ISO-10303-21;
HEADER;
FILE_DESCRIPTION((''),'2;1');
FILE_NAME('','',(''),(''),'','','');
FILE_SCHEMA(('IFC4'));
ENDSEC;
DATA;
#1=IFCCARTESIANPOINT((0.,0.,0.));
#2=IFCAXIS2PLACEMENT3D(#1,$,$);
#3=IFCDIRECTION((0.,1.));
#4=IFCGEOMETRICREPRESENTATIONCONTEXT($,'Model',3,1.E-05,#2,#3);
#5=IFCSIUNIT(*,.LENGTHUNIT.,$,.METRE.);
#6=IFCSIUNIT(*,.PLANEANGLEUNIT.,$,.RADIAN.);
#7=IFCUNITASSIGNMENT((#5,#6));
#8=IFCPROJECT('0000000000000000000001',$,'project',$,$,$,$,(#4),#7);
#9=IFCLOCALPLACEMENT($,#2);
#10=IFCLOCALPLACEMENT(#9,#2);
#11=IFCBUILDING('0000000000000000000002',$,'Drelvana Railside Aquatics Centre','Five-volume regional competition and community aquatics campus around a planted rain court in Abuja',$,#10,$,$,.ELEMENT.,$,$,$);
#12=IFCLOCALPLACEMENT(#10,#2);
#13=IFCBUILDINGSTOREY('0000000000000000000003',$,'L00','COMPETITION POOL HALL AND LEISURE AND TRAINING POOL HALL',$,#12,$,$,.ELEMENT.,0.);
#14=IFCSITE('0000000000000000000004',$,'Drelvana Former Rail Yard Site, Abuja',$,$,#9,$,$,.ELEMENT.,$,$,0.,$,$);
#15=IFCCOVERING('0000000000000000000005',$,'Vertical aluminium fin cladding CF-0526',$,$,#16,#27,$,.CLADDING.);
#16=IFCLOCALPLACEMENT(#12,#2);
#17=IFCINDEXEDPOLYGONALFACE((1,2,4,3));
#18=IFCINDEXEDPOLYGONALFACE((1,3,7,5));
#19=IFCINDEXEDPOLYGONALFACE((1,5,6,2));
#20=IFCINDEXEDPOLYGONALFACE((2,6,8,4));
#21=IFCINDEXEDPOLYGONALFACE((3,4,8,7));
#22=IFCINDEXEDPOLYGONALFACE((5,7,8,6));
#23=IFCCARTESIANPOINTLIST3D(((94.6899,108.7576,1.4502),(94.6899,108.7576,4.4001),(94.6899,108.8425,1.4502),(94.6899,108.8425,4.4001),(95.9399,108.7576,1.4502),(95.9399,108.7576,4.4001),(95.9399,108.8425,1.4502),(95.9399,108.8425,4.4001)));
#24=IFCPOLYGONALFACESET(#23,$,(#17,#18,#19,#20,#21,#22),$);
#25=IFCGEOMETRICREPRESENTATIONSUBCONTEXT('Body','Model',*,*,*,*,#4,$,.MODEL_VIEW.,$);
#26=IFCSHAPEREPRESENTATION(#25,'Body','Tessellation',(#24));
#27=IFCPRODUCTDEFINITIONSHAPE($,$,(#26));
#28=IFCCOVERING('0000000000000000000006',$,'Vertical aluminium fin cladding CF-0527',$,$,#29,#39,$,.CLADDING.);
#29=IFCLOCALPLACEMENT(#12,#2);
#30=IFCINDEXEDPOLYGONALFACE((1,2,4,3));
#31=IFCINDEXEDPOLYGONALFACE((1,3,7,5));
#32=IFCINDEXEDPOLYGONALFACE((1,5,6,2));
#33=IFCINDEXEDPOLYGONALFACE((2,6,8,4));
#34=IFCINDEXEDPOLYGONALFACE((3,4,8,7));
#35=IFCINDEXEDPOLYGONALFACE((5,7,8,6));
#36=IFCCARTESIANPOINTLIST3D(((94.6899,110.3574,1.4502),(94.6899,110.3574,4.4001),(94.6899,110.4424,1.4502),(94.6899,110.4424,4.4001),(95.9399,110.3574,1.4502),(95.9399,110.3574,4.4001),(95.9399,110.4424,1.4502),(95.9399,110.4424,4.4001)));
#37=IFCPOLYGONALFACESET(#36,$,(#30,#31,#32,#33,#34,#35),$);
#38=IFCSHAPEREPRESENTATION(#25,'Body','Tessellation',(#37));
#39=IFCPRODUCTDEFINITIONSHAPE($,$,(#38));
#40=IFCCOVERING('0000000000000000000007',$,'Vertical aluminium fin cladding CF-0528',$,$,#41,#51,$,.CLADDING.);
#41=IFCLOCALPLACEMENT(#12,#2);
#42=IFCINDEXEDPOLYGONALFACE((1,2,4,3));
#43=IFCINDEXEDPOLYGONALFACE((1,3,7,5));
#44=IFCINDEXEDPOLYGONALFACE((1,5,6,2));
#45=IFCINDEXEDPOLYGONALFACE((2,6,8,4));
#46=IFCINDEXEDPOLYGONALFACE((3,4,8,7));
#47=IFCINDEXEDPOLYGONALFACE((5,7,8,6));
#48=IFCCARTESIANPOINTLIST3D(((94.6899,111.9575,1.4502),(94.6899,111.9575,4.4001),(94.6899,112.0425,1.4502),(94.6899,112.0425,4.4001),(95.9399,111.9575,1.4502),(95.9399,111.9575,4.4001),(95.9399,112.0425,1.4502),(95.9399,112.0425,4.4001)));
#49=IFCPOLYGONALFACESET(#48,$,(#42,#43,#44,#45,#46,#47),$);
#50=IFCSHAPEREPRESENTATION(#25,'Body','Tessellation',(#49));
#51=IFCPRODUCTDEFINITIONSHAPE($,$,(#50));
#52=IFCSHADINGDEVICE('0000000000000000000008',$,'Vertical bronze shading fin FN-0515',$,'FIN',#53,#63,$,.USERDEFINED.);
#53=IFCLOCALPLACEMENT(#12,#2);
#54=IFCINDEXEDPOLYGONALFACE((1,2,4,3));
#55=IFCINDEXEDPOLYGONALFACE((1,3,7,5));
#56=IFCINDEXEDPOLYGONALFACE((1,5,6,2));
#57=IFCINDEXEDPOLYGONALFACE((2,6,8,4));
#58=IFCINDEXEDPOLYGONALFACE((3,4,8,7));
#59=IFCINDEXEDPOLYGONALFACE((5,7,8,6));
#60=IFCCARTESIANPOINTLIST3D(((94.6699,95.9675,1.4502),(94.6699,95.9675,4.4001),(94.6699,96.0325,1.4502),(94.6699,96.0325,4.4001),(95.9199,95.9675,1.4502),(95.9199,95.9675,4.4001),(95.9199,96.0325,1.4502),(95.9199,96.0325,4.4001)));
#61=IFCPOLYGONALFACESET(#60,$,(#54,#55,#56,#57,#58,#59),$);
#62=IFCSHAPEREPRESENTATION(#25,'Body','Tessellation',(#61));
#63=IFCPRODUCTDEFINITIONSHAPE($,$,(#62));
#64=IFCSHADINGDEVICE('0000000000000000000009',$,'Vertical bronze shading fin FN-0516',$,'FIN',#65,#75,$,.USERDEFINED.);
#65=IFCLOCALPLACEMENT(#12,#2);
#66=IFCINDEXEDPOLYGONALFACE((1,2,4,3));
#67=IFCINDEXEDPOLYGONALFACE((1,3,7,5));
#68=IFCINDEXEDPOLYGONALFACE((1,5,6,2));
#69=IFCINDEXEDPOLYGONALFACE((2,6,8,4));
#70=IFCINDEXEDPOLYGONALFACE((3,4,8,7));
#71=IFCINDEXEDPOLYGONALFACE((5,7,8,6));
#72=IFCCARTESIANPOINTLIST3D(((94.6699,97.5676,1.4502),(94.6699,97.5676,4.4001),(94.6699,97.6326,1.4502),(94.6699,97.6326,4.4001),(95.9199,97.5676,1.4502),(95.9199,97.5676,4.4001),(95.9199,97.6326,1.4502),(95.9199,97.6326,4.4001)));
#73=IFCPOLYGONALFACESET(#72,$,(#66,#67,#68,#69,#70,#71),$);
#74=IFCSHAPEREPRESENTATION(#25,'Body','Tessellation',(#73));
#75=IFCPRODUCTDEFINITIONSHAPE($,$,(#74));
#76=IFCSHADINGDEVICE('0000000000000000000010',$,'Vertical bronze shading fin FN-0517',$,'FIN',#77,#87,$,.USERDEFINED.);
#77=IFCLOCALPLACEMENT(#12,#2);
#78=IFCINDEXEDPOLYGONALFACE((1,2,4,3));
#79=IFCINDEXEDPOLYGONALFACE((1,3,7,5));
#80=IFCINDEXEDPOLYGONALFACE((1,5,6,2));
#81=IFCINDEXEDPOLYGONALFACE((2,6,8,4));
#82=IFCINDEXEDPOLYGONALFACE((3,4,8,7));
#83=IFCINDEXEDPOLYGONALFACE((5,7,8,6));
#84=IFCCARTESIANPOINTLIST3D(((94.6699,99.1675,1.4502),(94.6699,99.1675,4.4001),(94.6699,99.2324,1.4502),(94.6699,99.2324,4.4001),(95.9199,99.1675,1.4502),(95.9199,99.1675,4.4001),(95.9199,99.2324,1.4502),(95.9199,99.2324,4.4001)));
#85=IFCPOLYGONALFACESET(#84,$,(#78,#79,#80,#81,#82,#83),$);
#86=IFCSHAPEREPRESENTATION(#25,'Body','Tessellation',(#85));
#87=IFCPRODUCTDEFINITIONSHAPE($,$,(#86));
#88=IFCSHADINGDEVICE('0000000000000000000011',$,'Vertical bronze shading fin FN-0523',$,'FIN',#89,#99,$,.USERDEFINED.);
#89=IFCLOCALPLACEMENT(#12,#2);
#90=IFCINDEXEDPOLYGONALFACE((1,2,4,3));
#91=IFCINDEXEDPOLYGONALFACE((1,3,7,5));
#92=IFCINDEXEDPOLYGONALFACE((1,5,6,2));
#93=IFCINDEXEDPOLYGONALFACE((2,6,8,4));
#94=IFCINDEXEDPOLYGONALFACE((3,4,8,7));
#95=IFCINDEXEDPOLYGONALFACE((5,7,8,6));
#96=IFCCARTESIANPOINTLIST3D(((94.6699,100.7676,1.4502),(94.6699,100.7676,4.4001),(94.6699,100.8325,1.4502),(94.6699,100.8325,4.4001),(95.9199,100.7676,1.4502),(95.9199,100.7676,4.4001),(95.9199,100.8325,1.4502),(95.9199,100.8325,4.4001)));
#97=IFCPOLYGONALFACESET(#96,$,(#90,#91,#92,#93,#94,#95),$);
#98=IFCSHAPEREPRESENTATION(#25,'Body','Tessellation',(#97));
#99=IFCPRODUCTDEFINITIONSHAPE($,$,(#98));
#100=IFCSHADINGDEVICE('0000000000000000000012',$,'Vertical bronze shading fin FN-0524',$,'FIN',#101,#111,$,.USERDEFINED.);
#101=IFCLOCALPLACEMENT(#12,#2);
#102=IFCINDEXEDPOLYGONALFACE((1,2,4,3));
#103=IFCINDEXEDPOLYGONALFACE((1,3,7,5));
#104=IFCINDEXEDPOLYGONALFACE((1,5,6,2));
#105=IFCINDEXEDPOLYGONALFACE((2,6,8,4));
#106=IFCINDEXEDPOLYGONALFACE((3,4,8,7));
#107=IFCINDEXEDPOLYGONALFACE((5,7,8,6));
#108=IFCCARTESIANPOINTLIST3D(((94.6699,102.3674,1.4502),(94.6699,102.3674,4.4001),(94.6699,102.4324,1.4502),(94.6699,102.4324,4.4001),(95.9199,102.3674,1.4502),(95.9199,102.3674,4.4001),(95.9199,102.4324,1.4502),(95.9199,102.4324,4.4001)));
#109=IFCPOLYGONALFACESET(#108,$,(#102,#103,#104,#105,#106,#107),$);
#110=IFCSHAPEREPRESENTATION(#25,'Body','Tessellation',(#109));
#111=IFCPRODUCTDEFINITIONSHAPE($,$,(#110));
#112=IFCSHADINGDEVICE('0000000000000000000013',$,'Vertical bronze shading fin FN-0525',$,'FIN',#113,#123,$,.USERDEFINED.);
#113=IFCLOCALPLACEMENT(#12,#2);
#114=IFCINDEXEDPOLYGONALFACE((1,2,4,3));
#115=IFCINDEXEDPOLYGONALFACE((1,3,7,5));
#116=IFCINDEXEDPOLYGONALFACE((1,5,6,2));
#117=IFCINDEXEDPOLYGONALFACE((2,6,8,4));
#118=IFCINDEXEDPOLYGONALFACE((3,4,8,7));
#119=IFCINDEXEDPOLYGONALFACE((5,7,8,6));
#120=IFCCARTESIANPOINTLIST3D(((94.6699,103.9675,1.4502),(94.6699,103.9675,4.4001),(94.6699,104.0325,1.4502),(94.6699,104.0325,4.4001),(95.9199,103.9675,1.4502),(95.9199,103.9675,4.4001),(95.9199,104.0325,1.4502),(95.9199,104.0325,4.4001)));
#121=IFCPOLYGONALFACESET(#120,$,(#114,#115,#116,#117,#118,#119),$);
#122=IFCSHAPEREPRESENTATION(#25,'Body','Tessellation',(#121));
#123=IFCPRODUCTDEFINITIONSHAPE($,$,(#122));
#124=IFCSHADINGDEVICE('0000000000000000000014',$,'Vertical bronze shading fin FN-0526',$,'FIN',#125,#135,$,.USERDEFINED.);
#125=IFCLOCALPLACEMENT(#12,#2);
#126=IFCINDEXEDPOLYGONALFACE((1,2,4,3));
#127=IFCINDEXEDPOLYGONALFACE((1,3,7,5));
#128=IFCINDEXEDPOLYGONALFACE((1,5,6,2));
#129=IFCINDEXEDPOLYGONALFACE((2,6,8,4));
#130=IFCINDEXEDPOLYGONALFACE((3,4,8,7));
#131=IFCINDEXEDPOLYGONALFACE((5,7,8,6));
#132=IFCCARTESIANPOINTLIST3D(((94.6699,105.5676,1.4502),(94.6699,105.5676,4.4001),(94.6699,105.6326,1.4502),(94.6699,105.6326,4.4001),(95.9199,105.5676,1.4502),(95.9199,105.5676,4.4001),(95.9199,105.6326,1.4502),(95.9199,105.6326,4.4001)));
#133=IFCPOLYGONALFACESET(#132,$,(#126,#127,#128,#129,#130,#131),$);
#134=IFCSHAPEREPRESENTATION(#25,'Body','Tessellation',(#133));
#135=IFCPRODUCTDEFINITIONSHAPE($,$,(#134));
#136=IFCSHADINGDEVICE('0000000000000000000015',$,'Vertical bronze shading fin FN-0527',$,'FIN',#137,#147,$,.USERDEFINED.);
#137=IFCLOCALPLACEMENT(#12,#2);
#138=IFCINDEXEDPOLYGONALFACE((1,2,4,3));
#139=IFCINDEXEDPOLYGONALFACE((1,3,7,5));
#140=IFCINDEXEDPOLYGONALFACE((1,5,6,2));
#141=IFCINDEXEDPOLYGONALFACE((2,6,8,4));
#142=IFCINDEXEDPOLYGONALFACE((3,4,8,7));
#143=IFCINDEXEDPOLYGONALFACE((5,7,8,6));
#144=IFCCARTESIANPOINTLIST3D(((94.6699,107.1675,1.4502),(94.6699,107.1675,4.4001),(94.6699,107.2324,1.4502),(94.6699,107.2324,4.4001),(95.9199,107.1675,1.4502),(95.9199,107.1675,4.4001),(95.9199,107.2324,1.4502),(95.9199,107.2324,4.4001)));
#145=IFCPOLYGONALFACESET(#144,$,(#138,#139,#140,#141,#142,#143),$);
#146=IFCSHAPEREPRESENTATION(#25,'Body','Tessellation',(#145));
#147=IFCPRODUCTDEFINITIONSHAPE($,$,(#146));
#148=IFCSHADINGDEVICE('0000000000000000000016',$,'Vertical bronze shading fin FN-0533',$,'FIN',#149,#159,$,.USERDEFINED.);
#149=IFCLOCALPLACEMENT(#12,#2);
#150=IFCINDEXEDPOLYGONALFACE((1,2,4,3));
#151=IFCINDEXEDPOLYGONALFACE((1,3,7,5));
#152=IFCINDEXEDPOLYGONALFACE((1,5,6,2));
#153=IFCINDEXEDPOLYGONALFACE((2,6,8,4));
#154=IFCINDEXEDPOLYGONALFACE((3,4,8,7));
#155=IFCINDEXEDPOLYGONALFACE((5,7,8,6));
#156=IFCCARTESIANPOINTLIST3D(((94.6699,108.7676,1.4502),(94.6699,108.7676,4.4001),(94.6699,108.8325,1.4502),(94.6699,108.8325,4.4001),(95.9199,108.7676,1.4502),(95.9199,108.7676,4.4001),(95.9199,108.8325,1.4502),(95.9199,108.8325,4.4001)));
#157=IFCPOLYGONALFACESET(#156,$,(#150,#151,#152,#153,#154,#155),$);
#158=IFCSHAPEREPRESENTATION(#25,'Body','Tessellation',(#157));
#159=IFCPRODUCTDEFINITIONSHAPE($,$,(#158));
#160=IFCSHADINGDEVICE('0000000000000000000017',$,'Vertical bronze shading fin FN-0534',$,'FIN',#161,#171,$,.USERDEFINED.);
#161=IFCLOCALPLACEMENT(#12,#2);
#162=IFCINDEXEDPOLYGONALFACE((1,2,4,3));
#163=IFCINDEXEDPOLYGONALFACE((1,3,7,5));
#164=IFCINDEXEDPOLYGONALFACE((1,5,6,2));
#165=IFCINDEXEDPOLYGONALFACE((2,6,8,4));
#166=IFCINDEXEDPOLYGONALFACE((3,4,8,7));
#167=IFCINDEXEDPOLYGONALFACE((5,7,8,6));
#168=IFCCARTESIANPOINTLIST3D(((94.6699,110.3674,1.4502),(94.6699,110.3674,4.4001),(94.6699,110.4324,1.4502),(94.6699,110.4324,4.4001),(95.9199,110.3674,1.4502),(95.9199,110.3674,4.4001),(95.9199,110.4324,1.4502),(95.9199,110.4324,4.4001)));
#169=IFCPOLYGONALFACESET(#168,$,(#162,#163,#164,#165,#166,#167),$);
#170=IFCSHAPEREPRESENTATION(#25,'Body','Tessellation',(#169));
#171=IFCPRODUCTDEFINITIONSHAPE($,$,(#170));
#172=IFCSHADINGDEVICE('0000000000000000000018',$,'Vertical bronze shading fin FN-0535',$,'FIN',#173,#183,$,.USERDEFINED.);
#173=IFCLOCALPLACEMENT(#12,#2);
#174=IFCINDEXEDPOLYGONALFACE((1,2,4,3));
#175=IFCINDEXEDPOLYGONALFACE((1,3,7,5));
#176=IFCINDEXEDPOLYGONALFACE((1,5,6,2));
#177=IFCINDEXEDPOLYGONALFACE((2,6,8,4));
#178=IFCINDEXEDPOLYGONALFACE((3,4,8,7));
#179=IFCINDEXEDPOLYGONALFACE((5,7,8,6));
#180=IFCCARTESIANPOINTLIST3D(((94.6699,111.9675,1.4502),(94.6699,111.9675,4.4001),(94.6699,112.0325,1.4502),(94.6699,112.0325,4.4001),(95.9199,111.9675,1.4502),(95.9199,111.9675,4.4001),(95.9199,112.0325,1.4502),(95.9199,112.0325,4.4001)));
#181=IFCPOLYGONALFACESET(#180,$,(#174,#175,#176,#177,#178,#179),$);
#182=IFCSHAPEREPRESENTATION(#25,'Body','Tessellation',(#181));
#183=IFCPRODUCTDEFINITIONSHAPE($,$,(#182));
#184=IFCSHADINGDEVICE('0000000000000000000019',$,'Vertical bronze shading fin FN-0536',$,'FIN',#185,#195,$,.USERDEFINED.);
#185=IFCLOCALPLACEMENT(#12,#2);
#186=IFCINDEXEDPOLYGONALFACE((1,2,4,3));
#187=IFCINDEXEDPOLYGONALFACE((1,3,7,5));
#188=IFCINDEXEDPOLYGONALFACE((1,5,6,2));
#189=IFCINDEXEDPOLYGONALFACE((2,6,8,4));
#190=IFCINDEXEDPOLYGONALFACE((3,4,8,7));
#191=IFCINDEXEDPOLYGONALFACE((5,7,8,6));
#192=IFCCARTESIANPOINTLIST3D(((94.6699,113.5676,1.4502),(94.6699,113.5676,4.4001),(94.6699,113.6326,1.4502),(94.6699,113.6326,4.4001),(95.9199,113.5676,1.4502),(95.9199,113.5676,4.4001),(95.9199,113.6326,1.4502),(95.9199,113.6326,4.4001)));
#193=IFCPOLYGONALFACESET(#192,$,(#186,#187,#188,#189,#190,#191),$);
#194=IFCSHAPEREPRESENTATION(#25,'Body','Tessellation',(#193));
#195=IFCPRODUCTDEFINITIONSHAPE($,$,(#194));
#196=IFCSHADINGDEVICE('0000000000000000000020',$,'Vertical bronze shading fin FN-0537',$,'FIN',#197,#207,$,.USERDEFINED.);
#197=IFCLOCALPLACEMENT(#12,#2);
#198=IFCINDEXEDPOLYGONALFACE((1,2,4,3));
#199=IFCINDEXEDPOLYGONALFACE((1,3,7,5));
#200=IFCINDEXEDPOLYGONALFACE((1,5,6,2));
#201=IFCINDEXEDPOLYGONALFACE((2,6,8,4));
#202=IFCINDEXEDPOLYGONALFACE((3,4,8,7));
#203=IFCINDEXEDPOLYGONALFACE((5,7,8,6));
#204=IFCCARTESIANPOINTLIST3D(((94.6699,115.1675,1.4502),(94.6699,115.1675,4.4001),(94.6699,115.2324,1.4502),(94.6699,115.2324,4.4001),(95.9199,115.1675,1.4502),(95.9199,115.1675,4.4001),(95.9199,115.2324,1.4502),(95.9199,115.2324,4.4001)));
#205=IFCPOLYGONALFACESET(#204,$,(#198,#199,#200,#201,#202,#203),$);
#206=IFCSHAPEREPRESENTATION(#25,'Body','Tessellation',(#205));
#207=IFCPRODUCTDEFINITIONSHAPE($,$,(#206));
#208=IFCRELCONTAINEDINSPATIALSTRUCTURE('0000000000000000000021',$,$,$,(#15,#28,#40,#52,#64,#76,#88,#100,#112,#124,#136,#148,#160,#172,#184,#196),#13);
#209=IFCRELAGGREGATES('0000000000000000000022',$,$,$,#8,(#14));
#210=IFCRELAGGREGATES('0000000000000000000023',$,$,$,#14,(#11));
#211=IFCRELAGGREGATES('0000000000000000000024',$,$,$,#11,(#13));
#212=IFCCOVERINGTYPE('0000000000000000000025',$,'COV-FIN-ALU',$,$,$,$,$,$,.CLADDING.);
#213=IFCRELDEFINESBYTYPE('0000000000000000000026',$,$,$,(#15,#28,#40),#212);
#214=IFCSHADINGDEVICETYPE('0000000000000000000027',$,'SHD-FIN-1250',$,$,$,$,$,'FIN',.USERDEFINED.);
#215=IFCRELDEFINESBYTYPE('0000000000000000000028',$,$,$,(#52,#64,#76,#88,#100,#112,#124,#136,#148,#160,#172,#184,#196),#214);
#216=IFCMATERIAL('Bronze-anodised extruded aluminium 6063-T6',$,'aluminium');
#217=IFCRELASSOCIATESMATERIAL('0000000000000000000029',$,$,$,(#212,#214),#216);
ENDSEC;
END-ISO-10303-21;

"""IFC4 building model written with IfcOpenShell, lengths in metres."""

from ifc_helpers import new_model, si_unit, direction, frame, origin, origin_2d, place, context, subcontext, project, spatial, rectangle, extrude, material, type_object, element, save


model = new_model("IFC4")

# Units and contexts
model_context = context("Model", 3, precision=1e-05, world=origin(), true_north=direction((0.0, 1.0)))
body_context = subcontext(model_context, "Body", "Model", "MODEL_VIEW")
ifc_project = project(units=[si_unit("LENGTHUNIT", "METRE"), si_unit("PLANEANGLEUNIT", "RADIAN")], contexts=[model_context])

# Site, building, storey
site_placement = place(None, origin())
site = spatial("IfcSite", under=ifc_project, at=site_placement, Name="Drelvana Former Rail Yard Site, Abuja", CompositionType="ELEMENT", RefElevation=0.0)
building_placement = place(site_placement, origin())
building = spatial("IfcBuilding", under=site, at=building_placement, Name="Drelvana Railside Aquatics Centre", Description="Five-volume regional competition and community aquatics campus around a planted rain court in Abuja", CompositionType="ELEMENT")
storey_placement = place(building_placement, origin())
storey = spatial("IfcBuildingStorey", under=building, at=storey_placement, Name="L00", Description="COMPETITION POOL HALL AND LEISURE AND TRAINING POOL HALL", CompositionType="ELEMENT", Elevation=0.0)

# Coverings
ifc_material_1 = material(Name="Bronze-anodised extruded aluminium 6063-T6", Category="aluminium")
covering_type = type_object("IfcCoveringType", Name="COV-FIN-ALU", PredefinedType="CLADDING", material=ifc_material_1)
for number, where, z_axis, x_axis, name in (
    (1, (95.3149, 108.8, 1.4502), (0.0, 0.0, 1.0), (0.0, 1.0, 0.0), "Vertical aluminium fin cladding CF-0526"),
    (2, (95.3149, 110.3999, 1.4502), (0.0, 0.0, 1.0), (0.0, 1.0, 0.0), "Vertical aluminium fin cladding CF-0527"),
    (3, (95.3149, 112.0, 1.4502), (0.0, 0.0, 1.0), (0.0, 1.0, 0.0), "Vertical aluminium fin cladding CF-0528"),
):
    element("IfcCovering", number, at=place(storey_placement, frame(where, z_axis=z_axis, x_axis=x_axis)), inside=storey, type_object=covering_type, Name=name, PredefinedType="CLADDING", context=body_context, shape_type="SweptSolid", body=[
        extrude(rectangle(XDim=0.085, YDim=1.25, at=origin_2d()), origin(), (0.0, 0.0, 1.0), 2.95),
    ])

# Shading devices
shading_device_type = type_object("IfcShadingDeviceType", Name="SHD-FIN-1250", ElementType="FIN", PredefinedType="USERDEFINED", material=ifc_material_1)
for number, where, z_axis, x_axis, name in (
    (4, (95.2949, 96.0, 1.4502), (0.0, 0.0, 1.0), (-1.0, 0.0, 0.0), "Vertical bronze shading fin FN-0515"),
    (5, (95.2949, 97.6001, 1.4502), (0.0, 0.0, 1.0), (-1.0, 0.0, 0.0), "Vertical bronze shading fin FN-0516"),
    (6, (95.2949, 99.2, 1.4502), (0.0, 0.0, 1.0), (-1.0, 0.0, 0.0), "Vertical bronze shading fin FN-0517"),
    (7, (95.2949, 100.8, 1.4502), (0.0, 0.0, 1.0), (-1.0, 0.0, 0.0), "Vertical bronze shading fin FN-0523"),
    (8, (95.2949, 102.3999, 1.4502), (0.0, 0.0, 1.0), (-1.0, 0.0, 0.0), "Vertical bronze shading fin FN-0524"),
    (9, (95.2949, 104.0, 1.4502), (0.0, 0.0, 1.0), (-1.0, 0.0, 0.0), "Vertical bronze shading fin FN-0525"),
    (10, (95.2949, 105.6001, 1.4502), (0.0, 0.0, 1.0), (-1.0, 0.0, 0.0), "Vertical bronze shading fin FN-0526"),
    (11, (95.2949, 107.2, 1.4502), (0.0, 0.0, 1.0), (-1.0, 0.0, 0.0), "Vertical bronze shading fin FN-0527"),
    (12, (95.2949, 108.8, 1.4502), (0.0, 0.0, 1.0), (-1.0, 0.0, 0.0), "Vertical bronze shading fin FN-0533"),
    (13, (95.2949, 110.3999, 1.4502), (0.0, 0.0, 1.0), (-1.0, 0.0, 0.0), "Vertical bronze shading fin FN-0534"),
    (14, (95.2949, 112.0, 1.4502), (0.0, 0.0, 1.0), (-1.0, 0.0, 0.0), "Vertical bronze shading fin FN-0535"),
    (15, (95.2949, 113.6001, 1.4502), (0.0, 0.0, 1.0), (-1.0, 0.0, 0.0), "Vertical bronze shading fin FN-0536"),
    (16, (95.2949, 115.2, 1.4502), (0.0, 0.0, 1.0), (-1.0, 0.0, 0.0), "Vertical bronze shading fin FN-0537"),
):
    element("IfcShadingDevice", number, at=place(storey_placement, frame(where, z_axis=z_axis, x_axis=x_axis)), inside=storey, type_object=shading_device_type, Name=name, ObjectType="FIN", PredefinedType="USERDEFINED", context=body_context, shape_type="SweptSolid", body=[
        extrude(rectangle(XDim=1.25, YDim=0.0649, at=origin_2d()), origin(), (0.0, 0.0, 1.0), 2.95),
    ])

save(model, "model.ifc")
